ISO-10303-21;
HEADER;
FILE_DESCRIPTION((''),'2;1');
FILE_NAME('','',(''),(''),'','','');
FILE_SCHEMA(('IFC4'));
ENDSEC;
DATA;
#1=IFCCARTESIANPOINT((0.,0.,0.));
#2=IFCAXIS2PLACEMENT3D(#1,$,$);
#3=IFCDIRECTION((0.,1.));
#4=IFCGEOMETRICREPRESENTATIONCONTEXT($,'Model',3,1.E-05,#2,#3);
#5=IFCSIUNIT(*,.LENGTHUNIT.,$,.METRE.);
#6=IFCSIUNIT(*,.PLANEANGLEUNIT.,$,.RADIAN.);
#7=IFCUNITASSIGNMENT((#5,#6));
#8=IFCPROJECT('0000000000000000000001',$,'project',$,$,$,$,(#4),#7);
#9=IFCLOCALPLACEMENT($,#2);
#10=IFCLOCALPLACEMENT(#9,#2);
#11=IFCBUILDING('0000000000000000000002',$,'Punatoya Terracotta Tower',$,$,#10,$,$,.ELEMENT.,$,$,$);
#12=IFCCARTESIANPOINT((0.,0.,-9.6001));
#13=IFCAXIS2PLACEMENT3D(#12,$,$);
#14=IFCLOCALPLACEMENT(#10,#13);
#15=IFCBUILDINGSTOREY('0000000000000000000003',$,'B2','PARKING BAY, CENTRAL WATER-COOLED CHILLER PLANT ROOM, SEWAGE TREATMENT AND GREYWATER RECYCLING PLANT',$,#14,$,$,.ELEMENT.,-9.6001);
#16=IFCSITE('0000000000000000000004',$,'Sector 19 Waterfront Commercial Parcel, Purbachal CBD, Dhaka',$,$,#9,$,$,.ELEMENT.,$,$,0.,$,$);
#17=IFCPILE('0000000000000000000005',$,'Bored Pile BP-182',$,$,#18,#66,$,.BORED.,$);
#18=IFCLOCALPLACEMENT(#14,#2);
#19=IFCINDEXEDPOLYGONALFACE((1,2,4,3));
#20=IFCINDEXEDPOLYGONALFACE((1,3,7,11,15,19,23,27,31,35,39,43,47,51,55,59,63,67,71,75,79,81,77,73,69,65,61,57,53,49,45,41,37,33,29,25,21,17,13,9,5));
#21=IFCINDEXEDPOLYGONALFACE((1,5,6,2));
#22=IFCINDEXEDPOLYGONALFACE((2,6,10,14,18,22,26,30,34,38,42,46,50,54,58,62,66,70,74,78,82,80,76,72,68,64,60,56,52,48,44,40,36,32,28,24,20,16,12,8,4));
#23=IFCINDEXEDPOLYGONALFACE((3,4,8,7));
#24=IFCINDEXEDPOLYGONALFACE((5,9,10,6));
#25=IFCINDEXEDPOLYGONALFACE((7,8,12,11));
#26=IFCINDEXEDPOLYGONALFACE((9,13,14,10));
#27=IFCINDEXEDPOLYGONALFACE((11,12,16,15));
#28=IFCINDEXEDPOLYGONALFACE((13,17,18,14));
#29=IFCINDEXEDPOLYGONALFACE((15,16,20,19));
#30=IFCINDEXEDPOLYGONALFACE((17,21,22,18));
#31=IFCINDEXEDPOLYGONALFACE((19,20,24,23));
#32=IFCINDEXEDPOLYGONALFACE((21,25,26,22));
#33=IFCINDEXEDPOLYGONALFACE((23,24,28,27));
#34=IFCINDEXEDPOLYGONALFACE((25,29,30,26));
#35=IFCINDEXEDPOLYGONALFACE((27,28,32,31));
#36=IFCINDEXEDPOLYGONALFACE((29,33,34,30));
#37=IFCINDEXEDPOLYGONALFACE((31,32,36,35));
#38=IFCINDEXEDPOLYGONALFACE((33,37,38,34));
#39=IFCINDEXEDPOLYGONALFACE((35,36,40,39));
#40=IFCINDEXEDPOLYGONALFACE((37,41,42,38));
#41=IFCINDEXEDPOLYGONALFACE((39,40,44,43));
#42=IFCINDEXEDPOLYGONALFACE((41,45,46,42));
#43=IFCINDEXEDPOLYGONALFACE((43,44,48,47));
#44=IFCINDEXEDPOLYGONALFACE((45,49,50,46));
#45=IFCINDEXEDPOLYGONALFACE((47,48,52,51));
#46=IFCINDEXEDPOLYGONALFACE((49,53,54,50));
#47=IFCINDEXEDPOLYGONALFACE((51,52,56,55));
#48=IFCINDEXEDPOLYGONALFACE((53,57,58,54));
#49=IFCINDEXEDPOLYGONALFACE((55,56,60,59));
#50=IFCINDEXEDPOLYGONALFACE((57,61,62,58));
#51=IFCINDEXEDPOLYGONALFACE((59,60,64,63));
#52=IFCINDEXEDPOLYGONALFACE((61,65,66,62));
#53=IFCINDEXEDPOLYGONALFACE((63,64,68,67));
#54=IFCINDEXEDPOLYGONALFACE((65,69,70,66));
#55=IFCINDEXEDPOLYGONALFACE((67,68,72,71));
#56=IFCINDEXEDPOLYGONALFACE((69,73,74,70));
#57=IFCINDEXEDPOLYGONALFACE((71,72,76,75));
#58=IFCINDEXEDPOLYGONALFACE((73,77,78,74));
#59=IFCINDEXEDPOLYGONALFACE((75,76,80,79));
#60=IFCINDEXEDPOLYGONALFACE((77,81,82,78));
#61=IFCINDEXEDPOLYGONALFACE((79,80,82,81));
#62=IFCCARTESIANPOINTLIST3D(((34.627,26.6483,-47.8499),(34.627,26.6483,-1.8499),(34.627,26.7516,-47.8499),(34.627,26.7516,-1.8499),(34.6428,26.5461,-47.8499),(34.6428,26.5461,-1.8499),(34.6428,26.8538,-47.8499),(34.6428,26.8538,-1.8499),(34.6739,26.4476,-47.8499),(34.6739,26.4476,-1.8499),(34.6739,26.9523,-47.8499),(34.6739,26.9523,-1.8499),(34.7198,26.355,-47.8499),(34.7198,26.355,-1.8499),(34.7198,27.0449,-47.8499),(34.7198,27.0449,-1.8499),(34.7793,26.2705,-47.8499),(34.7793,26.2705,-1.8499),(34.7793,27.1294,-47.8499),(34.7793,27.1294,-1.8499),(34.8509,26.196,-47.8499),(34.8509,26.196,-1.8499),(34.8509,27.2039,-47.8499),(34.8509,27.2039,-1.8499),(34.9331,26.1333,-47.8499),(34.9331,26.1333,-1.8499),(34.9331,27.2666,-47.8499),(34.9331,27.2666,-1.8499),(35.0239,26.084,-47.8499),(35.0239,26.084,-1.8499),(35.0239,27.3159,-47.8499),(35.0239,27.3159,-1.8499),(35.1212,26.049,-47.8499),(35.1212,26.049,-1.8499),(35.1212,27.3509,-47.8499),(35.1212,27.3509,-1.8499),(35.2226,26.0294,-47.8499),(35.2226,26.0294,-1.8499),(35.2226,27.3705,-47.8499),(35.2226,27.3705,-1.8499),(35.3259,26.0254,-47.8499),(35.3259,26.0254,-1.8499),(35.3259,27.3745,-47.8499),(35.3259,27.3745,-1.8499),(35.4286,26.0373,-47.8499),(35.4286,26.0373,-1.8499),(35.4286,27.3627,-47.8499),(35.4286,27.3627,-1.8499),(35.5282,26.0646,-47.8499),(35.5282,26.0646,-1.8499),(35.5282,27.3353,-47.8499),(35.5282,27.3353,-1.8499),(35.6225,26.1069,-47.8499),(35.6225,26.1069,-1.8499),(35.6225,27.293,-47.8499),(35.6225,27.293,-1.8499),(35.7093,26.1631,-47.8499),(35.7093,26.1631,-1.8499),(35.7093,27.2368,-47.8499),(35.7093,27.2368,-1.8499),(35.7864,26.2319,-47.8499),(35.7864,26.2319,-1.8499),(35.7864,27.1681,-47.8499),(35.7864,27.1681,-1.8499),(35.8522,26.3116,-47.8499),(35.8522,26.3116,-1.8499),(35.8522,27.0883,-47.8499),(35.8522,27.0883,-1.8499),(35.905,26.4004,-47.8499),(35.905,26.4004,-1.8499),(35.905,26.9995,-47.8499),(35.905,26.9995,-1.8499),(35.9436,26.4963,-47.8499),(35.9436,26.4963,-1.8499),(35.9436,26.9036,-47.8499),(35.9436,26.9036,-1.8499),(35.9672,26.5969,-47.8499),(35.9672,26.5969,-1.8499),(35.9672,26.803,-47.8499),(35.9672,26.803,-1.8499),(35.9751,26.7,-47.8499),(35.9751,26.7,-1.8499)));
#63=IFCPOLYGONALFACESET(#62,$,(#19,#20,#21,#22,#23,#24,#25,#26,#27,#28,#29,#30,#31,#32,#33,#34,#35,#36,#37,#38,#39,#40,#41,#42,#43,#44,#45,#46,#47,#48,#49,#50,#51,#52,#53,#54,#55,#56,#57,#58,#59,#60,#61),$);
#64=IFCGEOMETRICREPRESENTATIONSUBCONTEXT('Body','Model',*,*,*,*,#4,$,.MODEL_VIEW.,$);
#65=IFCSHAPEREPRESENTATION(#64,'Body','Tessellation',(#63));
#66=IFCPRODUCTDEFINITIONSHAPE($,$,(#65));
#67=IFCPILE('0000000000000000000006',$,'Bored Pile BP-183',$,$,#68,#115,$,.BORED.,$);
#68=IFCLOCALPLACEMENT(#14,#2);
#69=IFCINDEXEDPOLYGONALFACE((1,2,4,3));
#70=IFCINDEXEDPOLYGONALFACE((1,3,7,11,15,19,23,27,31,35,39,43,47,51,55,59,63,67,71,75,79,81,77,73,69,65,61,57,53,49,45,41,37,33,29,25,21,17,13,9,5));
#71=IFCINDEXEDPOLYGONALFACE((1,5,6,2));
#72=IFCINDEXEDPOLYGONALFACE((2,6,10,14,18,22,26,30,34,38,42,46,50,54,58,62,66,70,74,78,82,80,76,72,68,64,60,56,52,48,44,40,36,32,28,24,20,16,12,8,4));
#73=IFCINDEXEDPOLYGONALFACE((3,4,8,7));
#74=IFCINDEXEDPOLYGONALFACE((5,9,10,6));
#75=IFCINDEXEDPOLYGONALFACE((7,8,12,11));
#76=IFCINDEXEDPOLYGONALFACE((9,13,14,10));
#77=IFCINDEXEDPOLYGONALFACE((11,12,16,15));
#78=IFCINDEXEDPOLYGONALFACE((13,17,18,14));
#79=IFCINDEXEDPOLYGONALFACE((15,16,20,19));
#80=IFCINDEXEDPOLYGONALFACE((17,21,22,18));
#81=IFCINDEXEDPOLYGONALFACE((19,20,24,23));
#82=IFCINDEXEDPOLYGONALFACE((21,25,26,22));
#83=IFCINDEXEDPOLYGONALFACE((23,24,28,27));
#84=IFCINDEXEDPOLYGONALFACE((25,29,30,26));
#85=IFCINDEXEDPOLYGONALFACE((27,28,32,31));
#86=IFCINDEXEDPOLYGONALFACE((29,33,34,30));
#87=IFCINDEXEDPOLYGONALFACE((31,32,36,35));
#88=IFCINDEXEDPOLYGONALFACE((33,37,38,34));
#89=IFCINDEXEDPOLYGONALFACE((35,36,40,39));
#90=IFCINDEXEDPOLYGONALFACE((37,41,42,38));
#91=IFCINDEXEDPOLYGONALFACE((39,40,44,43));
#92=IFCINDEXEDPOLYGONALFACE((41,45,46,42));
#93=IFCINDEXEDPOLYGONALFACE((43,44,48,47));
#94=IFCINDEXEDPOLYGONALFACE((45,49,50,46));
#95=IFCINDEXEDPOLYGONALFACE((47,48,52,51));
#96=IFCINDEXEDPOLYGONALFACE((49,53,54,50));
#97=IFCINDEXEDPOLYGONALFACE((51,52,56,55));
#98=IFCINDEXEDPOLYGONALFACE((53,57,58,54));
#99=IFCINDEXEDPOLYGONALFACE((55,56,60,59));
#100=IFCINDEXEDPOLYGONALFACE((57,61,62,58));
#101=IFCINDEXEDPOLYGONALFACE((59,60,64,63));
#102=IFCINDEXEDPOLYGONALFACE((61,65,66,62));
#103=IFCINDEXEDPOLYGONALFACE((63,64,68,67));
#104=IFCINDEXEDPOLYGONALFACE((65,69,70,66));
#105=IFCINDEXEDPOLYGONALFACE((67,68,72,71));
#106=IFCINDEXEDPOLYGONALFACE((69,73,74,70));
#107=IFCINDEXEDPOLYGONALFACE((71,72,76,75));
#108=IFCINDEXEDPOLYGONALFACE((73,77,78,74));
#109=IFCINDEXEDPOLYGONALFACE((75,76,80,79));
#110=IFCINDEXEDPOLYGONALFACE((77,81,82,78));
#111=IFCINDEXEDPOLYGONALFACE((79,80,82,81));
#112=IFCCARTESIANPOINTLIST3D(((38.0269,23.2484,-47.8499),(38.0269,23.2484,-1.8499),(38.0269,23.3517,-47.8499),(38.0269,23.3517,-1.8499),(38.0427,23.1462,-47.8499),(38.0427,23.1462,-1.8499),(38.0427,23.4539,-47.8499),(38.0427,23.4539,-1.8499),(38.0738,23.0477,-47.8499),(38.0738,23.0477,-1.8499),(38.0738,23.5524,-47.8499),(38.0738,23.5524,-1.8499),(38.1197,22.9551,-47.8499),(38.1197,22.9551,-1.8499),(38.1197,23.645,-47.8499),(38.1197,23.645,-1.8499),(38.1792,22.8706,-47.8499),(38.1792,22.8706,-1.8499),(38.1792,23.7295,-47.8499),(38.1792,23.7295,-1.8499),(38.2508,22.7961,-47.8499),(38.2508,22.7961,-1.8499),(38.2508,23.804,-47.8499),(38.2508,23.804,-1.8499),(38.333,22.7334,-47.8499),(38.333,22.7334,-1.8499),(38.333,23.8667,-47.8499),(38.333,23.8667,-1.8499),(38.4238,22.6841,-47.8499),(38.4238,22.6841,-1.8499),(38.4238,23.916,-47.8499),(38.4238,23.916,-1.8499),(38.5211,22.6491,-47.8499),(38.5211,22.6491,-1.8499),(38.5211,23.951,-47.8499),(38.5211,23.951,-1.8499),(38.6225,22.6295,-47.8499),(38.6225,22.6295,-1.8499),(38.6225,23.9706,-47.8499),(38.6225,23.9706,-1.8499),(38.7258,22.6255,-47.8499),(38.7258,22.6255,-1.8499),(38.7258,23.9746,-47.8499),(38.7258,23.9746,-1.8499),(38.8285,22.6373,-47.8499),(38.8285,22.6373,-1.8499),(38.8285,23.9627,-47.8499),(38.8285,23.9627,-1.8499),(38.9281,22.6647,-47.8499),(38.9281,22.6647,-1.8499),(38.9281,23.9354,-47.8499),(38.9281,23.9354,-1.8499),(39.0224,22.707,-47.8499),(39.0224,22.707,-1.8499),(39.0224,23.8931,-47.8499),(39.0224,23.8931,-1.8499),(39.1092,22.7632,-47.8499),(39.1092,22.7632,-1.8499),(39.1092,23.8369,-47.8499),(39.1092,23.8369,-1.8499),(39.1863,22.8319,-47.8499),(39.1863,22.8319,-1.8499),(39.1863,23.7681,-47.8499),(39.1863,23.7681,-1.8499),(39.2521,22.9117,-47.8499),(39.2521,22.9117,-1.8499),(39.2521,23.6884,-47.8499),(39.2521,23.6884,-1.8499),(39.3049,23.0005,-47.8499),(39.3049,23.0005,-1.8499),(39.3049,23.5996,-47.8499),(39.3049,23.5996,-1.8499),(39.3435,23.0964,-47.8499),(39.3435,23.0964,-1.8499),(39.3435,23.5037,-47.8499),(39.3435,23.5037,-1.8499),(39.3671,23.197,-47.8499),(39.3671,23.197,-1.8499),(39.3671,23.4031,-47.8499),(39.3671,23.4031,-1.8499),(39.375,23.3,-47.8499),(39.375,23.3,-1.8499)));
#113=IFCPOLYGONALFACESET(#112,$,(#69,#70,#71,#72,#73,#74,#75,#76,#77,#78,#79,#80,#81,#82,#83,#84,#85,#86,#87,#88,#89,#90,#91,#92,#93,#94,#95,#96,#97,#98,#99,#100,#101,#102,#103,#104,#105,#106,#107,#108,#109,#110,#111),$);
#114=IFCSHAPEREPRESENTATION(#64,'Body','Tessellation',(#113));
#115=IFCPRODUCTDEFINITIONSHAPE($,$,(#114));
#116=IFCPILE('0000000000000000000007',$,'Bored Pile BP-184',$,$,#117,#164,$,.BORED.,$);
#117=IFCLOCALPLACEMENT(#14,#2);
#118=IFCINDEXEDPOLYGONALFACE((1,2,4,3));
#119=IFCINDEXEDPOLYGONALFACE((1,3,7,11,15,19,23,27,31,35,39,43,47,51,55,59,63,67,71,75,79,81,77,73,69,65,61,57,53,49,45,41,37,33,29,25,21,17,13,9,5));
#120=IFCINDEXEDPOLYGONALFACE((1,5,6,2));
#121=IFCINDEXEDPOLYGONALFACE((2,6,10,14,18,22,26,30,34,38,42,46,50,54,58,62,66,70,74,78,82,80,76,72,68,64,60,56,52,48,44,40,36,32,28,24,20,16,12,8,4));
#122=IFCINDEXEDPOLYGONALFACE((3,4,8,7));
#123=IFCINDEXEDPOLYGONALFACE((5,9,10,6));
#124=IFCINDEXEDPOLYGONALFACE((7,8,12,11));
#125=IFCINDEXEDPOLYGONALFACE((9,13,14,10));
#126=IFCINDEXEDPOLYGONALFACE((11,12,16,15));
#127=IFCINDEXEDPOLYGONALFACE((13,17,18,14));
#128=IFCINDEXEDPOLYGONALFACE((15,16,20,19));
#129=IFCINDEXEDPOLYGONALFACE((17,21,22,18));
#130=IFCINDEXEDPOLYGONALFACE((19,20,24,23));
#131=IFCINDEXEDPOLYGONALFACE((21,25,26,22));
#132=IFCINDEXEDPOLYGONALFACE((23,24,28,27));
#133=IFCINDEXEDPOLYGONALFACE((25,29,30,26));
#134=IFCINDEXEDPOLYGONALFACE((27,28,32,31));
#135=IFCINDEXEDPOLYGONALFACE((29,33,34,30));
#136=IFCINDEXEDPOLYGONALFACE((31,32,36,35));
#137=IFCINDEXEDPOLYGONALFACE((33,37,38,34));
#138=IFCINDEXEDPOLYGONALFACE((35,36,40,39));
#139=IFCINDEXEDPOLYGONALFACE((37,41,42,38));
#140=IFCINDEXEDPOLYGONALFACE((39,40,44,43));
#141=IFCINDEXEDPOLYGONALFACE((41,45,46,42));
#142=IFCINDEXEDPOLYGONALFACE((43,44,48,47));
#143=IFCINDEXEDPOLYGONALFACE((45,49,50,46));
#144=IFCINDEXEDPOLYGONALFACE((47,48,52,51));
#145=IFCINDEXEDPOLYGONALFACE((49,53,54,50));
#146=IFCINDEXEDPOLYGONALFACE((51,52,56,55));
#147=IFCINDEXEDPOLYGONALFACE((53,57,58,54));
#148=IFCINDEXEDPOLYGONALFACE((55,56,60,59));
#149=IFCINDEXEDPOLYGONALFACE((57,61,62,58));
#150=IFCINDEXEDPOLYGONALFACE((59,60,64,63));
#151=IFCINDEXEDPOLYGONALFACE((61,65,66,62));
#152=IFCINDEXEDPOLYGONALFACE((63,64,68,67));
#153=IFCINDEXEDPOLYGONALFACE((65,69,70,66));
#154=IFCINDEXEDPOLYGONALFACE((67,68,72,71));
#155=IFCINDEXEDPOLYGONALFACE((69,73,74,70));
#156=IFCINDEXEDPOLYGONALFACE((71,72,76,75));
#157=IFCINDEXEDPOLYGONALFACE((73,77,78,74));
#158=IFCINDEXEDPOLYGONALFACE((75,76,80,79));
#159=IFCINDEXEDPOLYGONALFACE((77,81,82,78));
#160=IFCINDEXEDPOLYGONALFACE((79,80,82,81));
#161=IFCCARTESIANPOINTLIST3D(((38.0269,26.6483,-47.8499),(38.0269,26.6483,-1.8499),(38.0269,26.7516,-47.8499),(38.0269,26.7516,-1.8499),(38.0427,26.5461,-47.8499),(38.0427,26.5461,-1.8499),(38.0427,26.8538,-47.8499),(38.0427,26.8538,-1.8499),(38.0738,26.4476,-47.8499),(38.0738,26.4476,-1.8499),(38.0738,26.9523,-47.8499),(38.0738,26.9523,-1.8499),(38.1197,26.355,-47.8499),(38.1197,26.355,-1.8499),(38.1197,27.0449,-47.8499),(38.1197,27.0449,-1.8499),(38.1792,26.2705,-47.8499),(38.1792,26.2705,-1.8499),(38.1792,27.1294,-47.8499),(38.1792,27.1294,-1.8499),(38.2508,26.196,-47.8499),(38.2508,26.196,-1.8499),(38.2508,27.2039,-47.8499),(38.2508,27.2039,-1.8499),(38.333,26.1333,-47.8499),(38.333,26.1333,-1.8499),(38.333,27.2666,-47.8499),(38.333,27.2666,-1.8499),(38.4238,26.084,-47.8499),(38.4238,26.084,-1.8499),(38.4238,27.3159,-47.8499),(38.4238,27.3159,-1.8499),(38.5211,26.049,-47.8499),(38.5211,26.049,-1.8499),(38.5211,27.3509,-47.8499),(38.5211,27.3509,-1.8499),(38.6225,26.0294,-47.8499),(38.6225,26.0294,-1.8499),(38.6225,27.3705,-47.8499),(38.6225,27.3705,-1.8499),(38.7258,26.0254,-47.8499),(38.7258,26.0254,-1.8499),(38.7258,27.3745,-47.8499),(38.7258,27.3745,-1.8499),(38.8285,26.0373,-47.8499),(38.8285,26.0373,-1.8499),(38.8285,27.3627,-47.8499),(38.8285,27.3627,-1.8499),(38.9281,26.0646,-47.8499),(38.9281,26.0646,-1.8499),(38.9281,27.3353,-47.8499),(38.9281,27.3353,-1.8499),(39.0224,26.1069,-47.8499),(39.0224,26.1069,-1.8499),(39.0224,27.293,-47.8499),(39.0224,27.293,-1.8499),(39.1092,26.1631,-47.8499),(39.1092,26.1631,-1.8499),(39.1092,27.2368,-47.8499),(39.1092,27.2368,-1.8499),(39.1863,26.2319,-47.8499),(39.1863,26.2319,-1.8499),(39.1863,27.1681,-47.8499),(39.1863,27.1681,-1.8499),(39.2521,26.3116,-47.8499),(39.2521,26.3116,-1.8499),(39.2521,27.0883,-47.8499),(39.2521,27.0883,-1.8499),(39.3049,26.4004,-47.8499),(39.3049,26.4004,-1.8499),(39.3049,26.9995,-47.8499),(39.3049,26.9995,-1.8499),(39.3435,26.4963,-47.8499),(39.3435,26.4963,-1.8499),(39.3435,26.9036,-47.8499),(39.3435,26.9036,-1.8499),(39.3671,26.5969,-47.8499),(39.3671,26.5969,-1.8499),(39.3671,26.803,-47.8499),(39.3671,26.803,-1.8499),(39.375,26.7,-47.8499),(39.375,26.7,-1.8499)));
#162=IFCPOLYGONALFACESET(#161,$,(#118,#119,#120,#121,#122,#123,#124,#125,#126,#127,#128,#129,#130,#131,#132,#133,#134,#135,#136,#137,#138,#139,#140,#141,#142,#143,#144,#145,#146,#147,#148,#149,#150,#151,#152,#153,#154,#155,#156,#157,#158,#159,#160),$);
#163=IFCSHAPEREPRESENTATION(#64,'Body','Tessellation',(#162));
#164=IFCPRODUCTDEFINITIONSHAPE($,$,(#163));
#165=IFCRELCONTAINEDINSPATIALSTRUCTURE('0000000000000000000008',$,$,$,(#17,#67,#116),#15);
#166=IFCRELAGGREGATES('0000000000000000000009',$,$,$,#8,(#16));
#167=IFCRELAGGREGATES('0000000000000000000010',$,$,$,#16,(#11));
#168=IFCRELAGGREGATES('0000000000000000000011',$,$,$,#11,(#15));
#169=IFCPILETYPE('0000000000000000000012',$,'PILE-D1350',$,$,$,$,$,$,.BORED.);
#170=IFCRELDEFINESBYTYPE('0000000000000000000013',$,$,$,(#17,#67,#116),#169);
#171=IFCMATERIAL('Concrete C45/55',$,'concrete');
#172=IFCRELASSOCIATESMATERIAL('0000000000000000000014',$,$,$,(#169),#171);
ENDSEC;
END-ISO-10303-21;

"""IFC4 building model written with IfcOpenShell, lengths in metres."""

from ifc_helpers import new_model, si_unit, direction, frame, origin, origin_2d, place, context, subcontext, project, spatial, circle, extrude, material, material_profile, profile_set, type_object, element, save


model = new_model("IFC4")

# Units and contexts
model_context = context("Model", 3, precision=1e-05, world=origin(), true_north=direction((0.0, 1.0)))
body_context = subcontext(model_context, "Body", "Model", "MODEL_VIEW")
ifc_project = project(units=[si_unit("LENGTHUNIT", "METRE"), si_unit("PLANEANGLEUNIT", "RADIAN")], contexts=[model_context])

# Site, building, storey
site_placement = place(None, origin())
site = spatial("IfcSite", under=ifc_project, at=site_placement, Name="Sector 19 Waterfront Commercial Parcel, Purbachal CBD, Dhaka", CompositionType="ELEMENT", RefElevation=0.0)
building_placement = place(site_placement, origin())
building = spatial("IfcBuilding", under=site, at=building_placement, Name="Punatoya Terracotta Tower", CompositionType="ELEMENT")
storey_placement = place(building_placement, frame((0.0, 0.0, -9.6001)))
storey = spatial("IfcBuildingStorey", under=building, at=storey_placement, Name="B2", Description="PARKING BAY, CENTRAL WATER-COOLED CHILLER PLANT ROOM, SEWAGE TREATMENT AND GREYWATER RECYCLING PLANT", CompositionType="ELEMENT", Elevation=-9.6001)

# Shared definitions
ifc_material_1 = material(Name="Concrete C45/55", Category="concrete")

# Piles
ifc_material_profile_1 = material_profile(ifc_material_1, circle(Radius=0.675, at=origin_2d()))
ifc_profile_set_1 = profile_set([ifc_material_profile_1], Name="Concrete C45/55")
pile_type_1 = type_object("IfcPileType", Name="PILE-D1350", PredefinedType="BORED", material=ifc_profile_set_1)
for number, where, z_axis, x_axis, name in (
    (1, (35.3, 26.7, -1.8499), (0.0, 0.0, -1.0), (1.0, 0.0, 0.0), "Bored Pile BP-182"),
    (2, (38.7, 23.3, -1.8499), (0.0, 0.0, -1.0), (1.0, 0.0, 0.0), "Bored Pile BP-183"),
    (3, (38.7, 26.7, -1.8499), (0.0, 0.0, -1.0), (1.0, 0.0, 0.0), "Bored Pile BP-184"),
):
    element("IfcPile", number, at=place(storey_placement, frame(where, z_axis=z_axis, x_axis=x_axis)), inside=storey, type_object=pile_type_1, Name=name, PredefinedType="BORED", context=body_context, shape_type="SweptSolid", body=[
        extrude(circle(Radius=0.675, at=origin_2d()), origin(), (0.0, 0.0, 1.0), 46.0),
    ])

save(model, "model.ifc")
